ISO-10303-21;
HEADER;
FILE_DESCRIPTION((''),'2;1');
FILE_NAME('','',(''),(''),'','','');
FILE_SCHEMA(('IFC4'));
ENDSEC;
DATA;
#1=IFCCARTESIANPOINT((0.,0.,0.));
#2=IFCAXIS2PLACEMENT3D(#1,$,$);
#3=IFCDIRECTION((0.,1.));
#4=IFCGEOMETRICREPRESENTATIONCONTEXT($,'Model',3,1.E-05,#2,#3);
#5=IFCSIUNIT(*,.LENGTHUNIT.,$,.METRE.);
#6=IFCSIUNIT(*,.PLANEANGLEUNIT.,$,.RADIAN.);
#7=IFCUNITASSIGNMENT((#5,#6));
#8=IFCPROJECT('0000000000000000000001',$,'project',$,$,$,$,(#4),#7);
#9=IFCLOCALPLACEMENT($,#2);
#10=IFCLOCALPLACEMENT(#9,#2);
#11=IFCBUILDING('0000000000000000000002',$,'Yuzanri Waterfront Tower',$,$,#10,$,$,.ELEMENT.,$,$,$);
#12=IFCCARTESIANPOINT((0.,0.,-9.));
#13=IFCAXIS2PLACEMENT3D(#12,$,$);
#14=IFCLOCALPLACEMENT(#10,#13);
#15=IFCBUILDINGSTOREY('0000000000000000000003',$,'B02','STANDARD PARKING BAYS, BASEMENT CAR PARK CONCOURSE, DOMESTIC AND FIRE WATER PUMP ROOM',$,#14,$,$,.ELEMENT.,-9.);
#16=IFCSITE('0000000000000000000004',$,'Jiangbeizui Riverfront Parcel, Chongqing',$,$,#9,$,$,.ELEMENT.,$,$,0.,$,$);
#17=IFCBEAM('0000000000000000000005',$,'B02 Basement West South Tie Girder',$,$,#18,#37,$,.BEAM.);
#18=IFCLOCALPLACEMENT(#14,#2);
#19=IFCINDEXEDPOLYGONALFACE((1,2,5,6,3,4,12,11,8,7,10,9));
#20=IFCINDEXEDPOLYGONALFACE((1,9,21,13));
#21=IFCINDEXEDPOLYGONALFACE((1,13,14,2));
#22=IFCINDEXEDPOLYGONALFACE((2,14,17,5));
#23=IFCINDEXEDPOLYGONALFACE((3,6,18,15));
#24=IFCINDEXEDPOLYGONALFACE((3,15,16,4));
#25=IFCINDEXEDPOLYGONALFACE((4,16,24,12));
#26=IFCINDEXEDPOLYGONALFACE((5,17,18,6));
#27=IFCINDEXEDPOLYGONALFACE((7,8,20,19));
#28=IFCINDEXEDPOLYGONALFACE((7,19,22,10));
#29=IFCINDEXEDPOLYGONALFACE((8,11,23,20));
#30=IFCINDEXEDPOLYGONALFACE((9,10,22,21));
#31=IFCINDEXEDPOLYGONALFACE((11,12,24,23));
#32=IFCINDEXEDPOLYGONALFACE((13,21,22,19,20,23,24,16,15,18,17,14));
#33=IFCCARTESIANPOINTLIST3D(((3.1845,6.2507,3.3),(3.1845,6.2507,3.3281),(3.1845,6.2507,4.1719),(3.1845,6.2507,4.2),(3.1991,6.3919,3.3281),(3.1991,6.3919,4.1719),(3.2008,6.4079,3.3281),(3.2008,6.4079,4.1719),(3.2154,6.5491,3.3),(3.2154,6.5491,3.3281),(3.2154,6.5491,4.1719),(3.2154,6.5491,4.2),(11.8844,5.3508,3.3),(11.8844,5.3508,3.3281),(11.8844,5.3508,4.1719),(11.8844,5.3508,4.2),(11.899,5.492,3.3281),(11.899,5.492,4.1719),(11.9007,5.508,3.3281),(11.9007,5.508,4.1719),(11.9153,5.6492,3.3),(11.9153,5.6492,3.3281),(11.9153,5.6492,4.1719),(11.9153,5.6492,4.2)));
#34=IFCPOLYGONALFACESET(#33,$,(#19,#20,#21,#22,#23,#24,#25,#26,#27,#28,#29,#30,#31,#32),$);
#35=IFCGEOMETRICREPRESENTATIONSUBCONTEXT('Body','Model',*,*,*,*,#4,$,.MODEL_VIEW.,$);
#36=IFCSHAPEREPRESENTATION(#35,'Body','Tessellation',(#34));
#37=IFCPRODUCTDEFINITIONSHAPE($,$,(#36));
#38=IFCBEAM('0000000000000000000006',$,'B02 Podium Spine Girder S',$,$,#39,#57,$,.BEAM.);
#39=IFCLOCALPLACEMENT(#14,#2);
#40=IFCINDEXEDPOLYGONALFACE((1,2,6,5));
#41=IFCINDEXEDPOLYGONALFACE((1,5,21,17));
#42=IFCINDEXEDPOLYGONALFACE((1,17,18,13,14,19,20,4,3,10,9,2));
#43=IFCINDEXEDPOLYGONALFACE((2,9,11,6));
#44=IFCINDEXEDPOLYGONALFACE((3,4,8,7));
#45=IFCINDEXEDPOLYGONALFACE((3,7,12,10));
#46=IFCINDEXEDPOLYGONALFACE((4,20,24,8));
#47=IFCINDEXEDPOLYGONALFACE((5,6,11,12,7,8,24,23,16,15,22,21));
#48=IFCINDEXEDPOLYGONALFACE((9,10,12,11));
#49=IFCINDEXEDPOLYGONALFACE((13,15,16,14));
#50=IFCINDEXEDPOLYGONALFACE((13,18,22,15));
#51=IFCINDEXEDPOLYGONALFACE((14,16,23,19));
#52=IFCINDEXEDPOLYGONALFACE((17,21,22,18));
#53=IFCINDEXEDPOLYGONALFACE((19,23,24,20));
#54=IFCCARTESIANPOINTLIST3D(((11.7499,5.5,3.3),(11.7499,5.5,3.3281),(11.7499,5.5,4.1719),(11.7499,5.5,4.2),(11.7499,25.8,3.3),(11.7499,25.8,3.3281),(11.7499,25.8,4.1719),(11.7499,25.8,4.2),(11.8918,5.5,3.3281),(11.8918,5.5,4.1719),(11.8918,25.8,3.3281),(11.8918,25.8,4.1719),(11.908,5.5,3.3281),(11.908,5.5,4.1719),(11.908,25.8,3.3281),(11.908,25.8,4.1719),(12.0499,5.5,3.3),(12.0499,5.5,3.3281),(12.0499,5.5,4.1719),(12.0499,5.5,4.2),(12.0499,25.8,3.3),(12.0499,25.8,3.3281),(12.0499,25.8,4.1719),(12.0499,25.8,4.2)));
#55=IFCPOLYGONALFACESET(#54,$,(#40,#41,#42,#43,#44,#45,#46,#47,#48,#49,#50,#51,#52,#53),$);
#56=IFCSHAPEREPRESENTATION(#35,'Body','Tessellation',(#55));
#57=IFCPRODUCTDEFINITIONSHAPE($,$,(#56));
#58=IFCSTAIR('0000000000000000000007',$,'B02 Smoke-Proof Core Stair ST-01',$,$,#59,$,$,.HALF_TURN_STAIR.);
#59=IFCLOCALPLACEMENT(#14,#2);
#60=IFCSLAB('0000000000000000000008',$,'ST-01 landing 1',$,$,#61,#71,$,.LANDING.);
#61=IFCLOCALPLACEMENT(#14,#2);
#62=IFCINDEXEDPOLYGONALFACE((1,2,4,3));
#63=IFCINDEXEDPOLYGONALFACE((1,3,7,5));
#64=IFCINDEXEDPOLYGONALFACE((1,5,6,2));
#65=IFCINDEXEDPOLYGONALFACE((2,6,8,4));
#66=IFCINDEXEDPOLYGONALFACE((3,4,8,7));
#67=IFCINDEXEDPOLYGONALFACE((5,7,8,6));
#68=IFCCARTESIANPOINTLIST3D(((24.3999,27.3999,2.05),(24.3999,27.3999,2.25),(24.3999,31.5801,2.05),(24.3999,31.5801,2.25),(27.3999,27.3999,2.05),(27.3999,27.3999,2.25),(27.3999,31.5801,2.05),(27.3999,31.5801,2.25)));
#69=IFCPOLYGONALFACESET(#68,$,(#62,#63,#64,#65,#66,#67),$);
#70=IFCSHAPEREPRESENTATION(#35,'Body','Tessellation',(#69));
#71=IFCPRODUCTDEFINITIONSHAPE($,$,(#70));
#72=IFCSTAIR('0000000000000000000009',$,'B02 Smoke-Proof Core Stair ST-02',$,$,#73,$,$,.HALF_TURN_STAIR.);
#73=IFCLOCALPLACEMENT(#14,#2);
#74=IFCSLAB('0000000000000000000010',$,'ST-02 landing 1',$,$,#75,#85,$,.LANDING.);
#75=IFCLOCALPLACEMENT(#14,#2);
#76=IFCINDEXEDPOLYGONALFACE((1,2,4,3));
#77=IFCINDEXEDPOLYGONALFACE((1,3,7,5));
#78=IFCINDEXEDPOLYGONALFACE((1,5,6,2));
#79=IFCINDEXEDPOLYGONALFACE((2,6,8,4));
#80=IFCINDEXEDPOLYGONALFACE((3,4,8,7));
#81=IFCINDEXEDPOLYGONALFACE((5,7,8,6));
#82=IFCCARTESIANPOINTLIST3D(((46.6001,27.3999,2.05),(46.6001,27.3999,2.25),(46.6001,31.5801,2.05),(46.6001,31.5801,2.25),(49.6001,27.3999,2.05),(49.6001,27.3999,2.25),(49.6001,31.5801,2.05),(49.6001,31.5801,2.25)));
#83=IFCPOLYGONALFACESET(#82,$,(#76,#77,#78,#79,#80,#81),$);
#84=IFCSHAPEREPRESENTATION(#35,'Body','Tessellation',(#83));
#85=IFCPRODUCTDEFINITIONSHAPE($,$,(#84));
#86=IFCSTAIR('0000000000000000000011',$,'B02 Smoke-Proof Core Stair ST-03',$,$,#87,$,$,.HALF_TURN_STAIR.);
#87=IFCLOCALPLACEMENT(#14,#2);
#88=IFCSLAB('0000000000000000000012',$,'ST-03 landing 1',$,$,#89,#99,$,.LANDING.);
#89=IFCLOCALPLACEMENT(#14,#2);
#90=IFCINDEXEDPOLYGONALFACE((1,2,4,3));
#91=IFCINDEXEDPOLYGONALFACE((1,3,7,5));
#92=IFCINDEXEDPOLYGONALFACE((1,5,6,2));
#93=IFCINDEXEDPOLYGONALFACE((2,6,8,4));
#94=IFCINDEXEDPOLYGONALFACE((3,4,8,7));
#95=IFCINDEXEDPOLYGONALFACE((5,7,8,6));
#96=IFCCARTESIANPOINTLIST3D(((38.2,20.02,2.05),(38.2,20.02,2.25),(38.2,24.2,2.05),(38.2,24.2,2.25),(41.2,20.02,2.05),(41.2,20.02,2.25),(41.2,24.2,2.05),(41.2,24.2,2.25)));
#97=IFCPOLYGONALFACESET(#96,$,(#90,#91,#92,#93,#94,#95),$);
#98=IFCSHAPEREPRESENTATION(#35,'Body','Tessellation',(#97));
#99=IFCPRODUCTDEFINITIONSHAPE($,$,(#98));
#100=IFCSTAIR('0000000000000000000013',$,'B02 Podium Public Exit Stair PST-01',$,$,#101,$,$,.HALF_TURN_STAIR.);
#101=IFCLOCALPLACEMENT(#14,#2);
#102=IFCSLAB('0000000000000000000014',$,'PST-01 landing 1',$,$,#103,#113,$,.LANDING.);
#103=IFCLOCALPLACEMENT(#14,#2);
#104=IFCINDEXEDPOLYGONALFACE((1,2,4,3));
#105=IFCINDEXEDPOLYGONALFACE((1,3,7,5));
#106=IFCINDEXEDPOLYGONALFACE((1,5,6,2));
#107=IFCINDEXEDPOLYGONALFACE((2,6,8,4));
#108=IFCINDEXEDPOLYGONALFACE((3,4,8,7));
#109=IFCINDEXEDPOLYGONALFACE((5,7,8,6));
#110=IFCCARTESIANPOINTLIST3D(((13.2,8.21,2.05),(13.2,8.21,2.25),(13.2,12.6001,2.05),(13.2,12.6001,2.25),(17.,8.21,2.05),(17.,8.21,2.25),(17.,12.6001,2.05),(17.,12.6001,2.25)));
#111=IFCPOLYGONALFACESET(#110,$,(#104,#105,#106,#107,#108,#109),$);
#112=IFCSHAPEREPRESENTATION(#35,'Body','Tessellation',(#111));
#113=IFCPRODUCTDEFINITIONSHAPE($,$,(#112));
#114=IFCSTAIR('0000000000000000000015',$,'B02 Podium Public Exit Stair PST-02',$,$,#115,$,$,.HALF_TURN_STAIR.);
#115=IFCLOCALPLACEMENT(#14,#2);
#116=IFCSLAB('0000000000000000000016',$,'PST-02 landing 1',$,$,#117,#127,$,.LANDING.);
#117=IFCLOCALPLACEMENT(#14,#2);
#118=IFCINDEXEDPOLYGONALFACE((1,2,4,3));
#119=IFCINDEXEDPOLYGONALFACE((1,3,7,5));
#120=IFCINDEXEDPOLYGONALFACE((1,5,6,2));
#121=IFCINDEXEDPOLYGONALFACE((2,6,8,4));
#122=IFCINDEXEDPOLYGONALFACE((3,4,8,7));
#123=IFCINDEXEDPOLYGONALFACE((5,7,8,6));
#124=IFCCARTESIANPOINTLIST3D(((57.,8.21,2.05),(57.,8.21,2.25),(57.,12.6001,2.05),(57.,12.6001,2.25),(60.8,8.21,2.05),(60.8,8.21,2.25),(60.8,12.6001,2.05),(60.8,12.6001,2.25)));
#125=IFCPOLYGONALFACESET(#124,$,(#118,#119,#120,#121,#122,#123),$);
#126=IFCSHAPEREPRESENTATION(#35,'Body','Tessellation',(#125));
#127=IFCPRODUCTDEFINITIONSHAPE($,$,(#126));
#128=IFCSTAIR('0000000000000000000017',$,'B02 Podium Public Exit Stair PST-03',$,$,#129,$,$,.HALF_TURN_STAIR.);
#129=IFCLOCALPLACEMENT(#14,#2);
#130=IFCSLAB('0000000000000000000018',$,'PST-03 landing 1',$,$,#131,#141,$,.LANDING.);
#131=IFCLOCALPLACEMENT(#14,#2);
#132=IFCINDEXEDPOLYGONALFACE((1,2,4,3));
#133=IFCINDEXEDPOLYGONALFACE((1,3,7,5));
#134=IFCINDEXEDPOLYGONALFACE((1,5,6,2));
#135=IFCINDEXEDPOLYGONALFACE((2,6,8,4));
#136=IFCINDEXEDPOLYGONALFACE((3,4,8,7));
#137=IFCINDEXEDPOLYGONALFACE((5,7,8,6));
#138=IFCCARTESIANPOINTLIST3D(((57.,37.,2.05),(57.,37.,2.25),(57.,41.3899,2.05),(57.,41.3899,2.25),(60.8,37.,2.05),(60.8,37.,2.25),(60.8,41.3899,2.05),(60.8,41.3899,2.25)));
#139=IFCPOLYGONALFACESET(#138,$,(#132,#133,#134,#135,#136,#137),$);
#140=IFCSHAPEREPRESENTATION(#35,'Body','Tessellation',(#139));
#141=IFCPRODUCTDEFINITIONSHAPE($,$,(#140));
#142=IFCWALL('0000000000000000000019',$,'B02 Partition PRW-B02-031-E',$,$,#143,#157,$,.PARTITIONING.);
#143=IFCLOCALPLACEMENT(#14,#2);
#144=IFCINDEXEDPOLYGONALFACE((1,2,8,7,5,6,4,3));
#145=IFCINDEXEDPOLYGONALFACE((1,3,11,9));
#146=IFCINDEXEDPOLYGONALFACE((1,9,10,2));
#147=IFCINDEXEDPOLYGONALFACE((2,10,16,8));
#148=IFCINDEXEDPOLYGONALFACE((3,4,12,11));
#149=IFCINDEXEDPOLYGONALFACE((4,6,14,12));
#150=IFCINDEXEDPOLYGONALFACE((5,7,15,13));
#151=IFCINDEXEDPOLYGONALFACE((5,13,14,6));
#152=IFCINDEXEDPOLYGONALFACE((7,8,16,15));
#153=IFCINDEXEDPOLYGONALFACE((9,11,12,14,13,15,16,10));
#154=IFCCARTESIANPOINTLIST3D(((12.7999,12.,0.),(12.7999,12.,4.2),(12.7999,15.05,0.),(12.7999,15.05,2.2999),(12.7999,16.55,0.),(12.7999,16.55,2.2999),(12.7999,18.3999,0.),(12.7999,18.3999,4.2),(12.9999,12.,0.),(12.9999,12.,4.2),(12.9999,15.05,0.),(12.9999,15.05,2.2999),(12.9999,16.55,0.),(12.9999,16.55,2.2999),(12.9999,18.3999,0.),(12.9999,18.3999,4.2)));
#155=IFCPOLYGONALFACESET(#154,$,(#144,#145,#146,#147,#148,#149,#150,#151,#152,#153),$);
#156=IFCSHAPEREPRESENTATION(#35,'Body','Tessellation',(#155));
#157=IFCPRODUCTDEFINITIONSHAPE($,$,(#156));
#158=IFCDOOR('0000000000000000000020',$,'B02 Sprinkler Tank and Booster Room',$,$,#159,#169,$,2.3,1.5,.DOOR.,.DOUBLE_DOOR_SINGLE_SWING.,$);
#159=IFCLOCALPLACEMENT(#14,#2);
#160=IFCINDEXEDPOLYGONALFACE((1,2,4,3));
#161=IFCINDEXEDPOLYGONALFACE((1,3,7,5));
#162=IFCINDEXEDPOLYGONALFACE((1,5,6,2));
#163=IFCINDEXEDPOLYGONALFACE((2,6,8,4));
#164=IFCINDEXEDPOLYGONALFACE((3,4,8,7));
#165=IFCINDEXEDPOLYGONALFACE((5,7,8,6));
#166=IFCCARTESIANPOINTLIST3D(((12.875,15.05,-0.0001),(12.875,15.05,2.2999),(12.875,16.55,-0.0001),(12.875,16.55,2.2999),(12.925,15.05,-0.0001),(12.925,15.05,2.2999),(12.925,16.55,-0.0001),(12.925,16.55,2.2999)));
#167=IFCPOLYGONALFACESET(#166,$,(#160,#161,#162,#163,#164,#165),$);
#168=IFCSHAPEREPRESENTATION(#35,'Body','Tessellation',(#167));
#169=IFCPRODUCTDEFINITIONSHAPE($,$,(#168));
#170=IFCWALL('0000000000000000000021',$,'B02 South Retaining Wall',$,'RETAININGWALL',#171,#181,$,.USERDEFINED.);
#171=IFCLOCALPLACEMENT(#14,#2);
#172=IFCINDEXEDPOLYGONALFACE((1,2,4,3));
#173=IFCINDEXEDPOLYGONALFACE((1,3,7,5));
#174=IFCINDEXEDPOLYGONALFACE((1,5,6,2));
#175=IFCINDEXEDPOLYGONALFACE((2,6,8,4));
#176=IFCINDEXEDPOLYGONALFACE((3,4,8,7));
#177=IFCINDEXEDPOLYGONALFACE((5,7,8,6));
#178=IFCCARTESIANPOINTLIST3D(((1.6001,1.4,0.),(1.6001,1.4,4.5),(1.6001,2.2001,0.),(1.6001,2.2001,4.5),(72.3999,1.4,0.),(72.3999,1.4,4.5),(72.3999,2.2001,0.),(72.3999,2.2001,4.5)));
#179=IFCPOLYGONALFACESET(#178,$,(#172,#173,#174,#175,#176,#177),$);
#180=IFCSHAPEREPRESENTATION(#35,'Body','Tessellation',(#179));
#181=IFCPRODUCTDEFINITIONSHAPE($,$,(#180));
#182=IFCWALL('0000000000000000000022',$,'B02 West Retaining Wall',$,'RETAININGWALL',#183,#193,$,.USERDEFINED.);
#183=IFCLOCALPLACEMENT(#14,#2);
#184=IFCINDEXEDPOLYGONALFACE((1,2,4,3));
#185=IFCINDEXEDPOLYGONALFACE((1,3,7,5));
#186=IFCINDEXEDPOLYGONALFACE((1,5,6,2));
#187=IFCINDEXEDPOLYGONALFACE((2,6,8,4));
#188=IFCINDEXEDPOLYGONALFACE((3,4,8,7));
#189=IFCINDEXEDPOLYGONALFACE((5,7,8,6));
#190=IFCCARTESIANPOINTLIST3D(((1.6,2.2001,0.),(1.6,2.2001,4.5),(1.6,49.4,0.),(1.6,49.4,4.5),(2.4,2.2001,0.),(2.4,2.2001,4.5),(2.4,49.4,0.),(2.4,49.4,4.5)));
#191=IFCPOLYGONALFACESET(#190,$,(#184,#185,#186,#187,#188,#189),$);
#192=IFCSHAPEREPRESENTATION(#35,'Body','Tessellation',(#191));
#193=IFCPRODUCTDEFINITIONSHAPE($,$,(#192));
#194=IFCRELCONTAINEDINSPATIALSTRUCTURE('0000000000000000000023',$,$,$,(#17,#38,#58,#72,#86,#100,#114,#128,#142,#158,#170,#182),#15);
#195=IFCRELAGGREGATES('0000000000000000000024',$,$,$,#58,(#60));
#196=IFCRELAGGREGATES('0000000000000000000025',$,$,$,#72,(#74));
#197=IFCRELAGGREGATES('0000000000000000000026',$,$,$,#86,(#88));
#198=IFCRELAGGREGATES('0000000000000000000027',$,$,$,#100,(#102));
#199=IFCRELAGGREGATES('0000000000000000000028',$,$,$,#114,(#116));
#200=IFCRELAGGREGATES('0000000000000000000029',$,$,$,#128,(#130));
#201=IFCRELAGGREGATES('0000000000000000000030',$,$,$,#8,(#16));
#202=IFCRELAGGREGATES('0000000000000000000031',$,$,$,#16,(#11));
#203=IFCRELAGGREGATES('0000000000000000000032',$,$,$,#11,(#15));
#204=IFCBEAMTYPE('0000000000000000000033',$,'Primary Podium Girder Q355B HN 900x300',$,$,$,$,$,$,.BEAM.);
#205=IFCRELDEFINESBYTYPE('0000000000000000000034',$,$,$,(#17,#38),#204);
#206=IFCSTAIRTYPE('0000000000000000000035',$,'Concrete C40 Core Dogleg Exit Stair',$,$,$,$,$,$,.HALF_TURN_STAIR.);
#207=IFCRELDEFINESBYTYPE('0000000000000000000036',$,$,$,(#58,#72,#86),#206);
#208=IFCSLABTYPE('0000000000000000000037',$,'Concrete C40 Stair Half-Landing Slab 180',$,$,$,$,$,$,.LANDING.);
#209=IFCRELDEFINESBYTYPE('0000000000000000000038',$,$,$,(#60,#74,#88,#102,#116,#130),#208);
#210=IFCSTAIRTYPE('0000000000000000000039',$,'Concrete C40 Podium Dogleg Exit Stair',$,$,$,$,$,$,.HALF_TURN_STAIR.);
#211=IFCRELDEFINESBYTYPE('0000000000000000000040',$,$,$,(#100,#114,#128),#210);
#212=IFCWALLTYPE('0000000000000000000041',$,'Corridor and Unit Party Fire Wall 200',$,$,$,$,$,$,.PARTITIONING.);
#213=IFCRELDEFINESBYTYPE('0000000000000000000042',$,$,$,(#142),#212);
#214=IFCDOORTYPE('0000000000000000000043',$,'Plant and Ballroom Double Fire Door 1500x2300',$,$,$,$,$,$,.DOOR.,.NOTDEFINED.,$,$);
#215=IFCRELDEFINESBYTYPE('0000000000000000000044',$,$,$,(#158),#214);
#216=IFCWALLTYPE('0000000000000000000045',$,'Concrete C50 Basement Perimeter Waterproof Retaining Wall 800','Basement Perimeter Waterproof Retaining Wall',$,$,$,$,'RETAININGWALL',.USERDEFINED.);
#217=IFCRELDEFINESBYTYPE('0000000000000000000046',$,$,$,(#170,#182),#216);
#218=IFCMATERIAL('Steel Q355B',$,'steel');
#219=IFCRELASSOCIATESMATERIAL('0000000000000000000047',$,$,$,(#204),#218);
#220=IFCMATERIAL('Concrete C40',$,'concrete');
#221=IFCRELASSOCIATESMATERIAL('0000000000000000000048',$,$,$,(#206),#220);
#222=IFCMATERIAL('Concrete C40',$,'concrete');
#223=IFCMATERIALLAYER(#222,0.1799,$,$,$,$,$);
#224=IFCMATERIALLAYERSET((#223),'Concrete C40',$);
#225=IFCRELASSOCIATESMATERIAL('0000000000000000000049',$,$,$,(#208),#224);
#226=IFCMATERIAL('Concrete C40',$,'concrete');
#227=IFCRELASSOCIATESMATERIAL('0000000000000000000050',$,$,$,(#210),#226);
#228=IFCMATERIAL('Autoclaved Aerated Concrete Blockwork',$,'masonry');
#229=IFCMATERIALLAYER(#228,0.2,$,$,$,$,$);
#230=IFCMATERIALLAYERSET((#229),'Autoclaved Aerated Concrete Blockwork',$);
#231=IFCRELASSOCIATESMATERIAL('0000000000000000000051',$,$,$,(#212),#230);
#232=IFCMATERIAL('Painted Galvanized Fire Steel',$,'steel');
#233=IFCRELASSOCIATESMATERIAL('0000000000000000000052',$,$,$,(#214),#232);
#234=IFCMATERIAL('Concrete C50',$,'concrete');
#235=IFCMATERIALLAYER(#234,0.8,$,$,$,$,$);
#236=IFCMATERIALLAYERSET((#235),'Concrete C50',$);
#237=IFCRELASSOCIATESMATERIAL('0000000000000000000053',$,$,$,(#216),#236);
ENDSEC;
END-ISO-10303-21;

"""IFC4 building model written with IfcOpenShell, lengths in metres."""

from ifc_helpers import new_model, si_unit, direction, frame, frame_2d, origin, origin_2d, place, context, subcontext, project, spatial, polyline, rectangle, i_section, outline, extrude, source, transform, mapped, material, layer, layer_set, material_profile, profile_set, type_object, element, fill, aggregate, save


model = new_model("IFC4")

# Units and contexts
model_context = context("Model", 3, precision=1e-05, world=origin(), true_north=direction((0.0, 1.0)))
body_context = subcontext(model_context, "Body", "Model", "MODEL_VIEW")
ifc_project = project(units=[si_unit("LENGTHUNIT", "METRE"), si_unit("PLANEANGLEUNIT", "RADIAN")], contexts=[model_context])

# Site, building, storey
site_placement = place(None, origin())
site = spatial("IfcSite", under=ifc_project, at=site_placement, Name="Jiangbeizui Riverfront Parcel, Chongqing", CompositionType="ELEMENT", RefElevation=0.0)
building_placement = place(site_placement, origin())
building = spatial("IfcBuilding", under=site, at=building_placement, Name="Yuzanri Waterfront Tower", CompositionType="ELEMENT")
storey_placement = place(building_placement, frame((0.0, 0.0, -9.0)))
storey = spatial("IfcBuildingStorey", under=building, at=storey_placement, Name="B02", Description="STANDARD PARKING BAYS, BASEMENT CAR PARK CONCOURSE, DOMESTIC AND FIRE WATER PUMP ROOM", CompositionType="ELEMENT", Elevation=-9.0)

# Beams
ifc_material_1 = material(Name="Steel Q355B", Category="steel")
ifc_material_profile_1 = material_profile(ifc_material_1, i_section(OverallWidth=0.3, OverallDepth=0.8999, WebThickness=0.0161, FlangeThickness=0.0281, at=origin_2d()), Name="HN 900x300x16x28")
ifc_profile_set_1 = profile_set([ifc_material_profile_1], Name="Steel Q355B")
beam_type_1 = type_object("IfcBeamType", Name="Primary Podium Girder Q355B HN 900x300", PredefinedType="BEAM", material=ifc_profile_set_1)
shared_shape_1 = source(origin(), body_context, "Body", "SweptSolid", [
    extrude(i_section(OverallWidth=0.3, OverallDepth=0.8999, WebThickness=0.0161, FlangeThickness=0.0281, at=origin_2d()), origin(), (0.0, 0.0, 1.0), 8.7463),
])
beam_1_placement = place(storey_placement, frame((3.2, 6.3999, 3.75), z_axis=(0.994693, -0.102889, 0.0), x_axis=(0.102889, 0.994693, 0.0)))
element("IfcBeam", 1, at=beam_1_placement, inside=storey, type_object=beam_type_1, Name="B02 Basement West South Tie Girder", PredefinedType="BEAM", context=body_context, shape_type="MappedRepresentation", body=[
    mapped(shared_shape_1, transform((0.0, 0.0, 0.0), scale=1.0)),
])
shared_shape_2 = source(origin(), body_context, "Body", "SweptSolid", [
    extrude(i_section(OverallWidth=0.3, OverallDepth=0.8999, WebThickness=0.0161, FlangeThickness=0.0281, at=origin_2d()), origin(), (0.0, 0.0, 1.0), 20.3),
])
beam_2_placement = place(storey_placement, frame((11.8999, 5.5, 3.75), z_axis=(0.0, 1.0, 0.0), x_axis=(-1.0, 0.0, 0.0)))
element("IfcBeam", 2, at=beam_2_placement, inside=storey, type_object=beam_type_1, Name="B02 Podium Spine Girder S", PredefinedType="BEAM", context=body_context, shape_type="MappedRepresentation", body=[
    mapped(shared_shape_2, transform((0.0, 0.0, 0.0), scale=1.0)),
])

# Stairs, slabs
ifc_material_2 = material(Name="Concrete C40", Category="concrete")
stair_type_1 = type_object("IfcStairType", Name="Concrete C40 Core Dogleg Exit Stair", PredefinedType="HALF_TURN_STAIR", material=ifc_material_2)
stair_1_placement = place(storey_placement, origin())
stair_1 = element("IfcStair", 3, at=stair_1_placement, inside=storey, type_object=stair_type_1, Name="B02 Smoke-Proof Core Stair ST-01", PredefinedType="HALF_TURN_STAIR")
ifc_material_3 = material(Name="Concrete C40", Category="concrete")
ifc_layer_1 = layer(ifc_material_3, 0.1799)
ifc_layer_set_1 = layer_set([ifc_layer_1], Name="Concrete C40")
slab_type = type_object("IfcSlabType", Name="Concrete C40 Stair Half-Landing Slab 180", PredefinedType="LANDING", material=ifc_layer_set_1)
slab_1_placement = place(storey_placement, frame((0.0, 0.0, 2.05)))
slab_1 = element("IfcSlab", 4, at=slab_1_placement, type_object=slab_type, Name="ST-01 landing 1", PredefinedType="LANDING", context=body_context, shape_type="SweptSolid", body=[
    extrude(outline(polyline([(27.3999, 27.3999), (27.3999, 31.5801), (24.3999, 31.5801), (24.3999, 27.3999), (27.3999, 27.3999)])), origin(), (0.0, 0.0, 1.0), 0.2),
])
aggregate(stair_1, [slab_1])
stair_2_placement = place(storey_placement, origin())
stair_2 = element("IfcStair", 5, at=stair_2_placement, inside=storey, type_object=stair_type_1, Name="B02 Smoke-Proof Core Stair ST-02", PredefinedType="HALF_TURN_STAIR")
slab_2_placement = place(storey_placement, frame((0.0, 0.0, 2.05)))
slab_2 = element("IfcSlab", 6, at=slab_2_placement, type_object=slab_type, Name="ST-02 landing 1", PredefinedType="LANDING", context=body_context, shape_type="SweptSolid", body=[
    extrude(outline(polyline([(49.6001, 27.3999), (49.6001, 31.5801), (46.6001, 31.5801), (46.6001, 27.3999), (49.6001, 27.3999)])), origin(), (0.0, 0.0, 1.0), 0.2),
])
aggregate(stair_2, [slab_2])
stair_3_placement = place(storey_placement, origin())
stair_3 = element("IfcStair", 7, at=stair_3_placement, inside=storey, type_object=stair_type_1, Name="B02 Smoke-Proof Core Stair ST-03", PredefinedType="HALF_TURN_STAIR")
slab_3_placement = place(storey_placement, frame((0.0, 0.0, 2.05)))
slab_3 = element("IfcSlab", 8, at=slab_3_placement, type_object=slab_type, Name="ST-03 landing 1", PredefinedType="LANDING", context=body_context, shape_type="SweptSolid", body=[
    extrude(outline(polyline([(38.2, 24.2), (38.2, 20.02), (41.2, 20.02), (41.2, 24.2), (38.2, 24.2)])), origin(), (0.0, 0.0, 1.0), 0.2),
])
aggregate(stair_3, [slab_3])
ifc_material_4 = material(Name="Concrete C40", Category="concrete")
stair_type_2 = type_object("IfcStairType", Name="Concrete C40 Podium Dogleg Exit Stair", PredefinedType="HALF_TURN_STAIR", material=ifc_material_4)
stair_4_placement = place(storey_placement, origin())
stair_4 = element("IfcStair", 9, at=stair_4_placement, inside=storey, type_object=stair_type_2, Name="B02 Podium Public Exit Stair PST-01", PredefinedType="HALF_TURN_STAIR")
slab_4_placement = place(storey_placement, frame((0.0, 0.0, 2.05)))
slab_4 = element("IfcSlab", 10, at=slab_4_placement, type_object=slab_type, Name="PST-01 landing 1", PredefinedType="LANDING", context=body_context, shape_type="SweptSolid", body=[
    extrude(outline(polyline([(17.0, 8.21), (17.0, 12.6001), (13.2, 12.6001), (13.2, 8.21), (17.0, 8.21)])), origin(), (0.0, 0.0, 1.0), 0.2),
])
aggregate(stair_4, [slab_4])
stair_5_placement = place(storey_placement, origin())
stair_5 = element("IfcStair", 11, at=stair_5_placement, inside=storey, type_object=stair_type_2, Name="B02 Podium Public Exit Stair PST-02", PredefinedType="HALF_TURN_STAIR")
slab_5_placement = place(storey_placement, frame((0.0, 0.0, 2.05)))
slab_5 = element("IfcSlab", 12, at=slab_5_placement, type_object=slab_type, Name="PST-02 landing 1", PredefinedType="LANDING", context=body_context, shape_type="SweptSolid", body=[
    extrude(outline(polyline([(60.8, 8.21), (60.8, 12.6001), (57.0, 12.6001), (57.0, 8.21), (60.8, 8.21)])), origin(), (0.0, 0.0, 1.0), 0.2),
])
aggregate(stair_5, [slab_5])
stair_6_placement = place(storey_placement, origin())
stair_6 = element("IfcStair", 13, at=stair_6_placement, inside=storey, type_object=stair_type_2, Name="B02 Podium Public Exit Stair PST-03", PredefinedType="HALF_TURN_STAIR")
slab_6_placement = place(storey_placement, frame((0.0, 0.0, 2.05)))
slab_6 = element("IfcSlab", 14, at=slab_6_placement, type_object=slab_type, Name="PST-03 landing 1", PredefinedType="LANDING", context=body_context, shape_type="SweptSolid", body=[
    extrude(outline(polyline([(57.0, 41.3899), (57.0, 37.0), (60.8, 37.0), (60.8, 41.3899), (57.0, 41.3899)])), origin(), (0.0, 0.0, 1.0), 0.2),
])
aggregate(stair_6, [slab_6])

# Wall, opening, door
ifc_material_5 = material(Name="Autoclaved Aerated Concrete Blockwork", Category="masonry")
ifc_layer_2 = layer(ifc_material_5, 0.2)
ifc_layer_set_2 = layer_set([ifc_layer_2], Name="Autoclaved Aerated Concrete Blockwork")
wall_type_1 = type_object("IfcWallType", Name="Corridor and Unit Party Fire Wall 200", PredefinedType="PARTITIONING", material=ifc_layer_set_2)
wall_1_placement = place(storey_placement, frame((12.8999, 12.0, 0.0), z_axis=(0.0, 0.0, 1.0), x_axis=(0.0, 1.0, 0.0)))
wall_1 = element("IfcWall", 15, at=wall_1_placement, inside=storey, type_object=wall_type_1, Name="B02 Partition PRW-B02-031-E", PredefinedType="PARTITIONING", context=body_context, shape_type="SweptSolid", body=[
    extrude(rectangle(XDim=6.3999, YDim=0.2, at=frame_2d((3.2, 0.0))), origin(), (0.0, 0.0, 1.0), 4.2),
])
opening_placement = place(wall_1_placement, frame((3.05, 0.0, 0.0)))
opening = element("IfcOpeningElement", 16, at=opening_placement, cuts=wall_1, PredefinedType="OPENING", context=body_context, shape_type="SweptSolid", body=[
    extrude(rectangle(XDim=1.5, YDim=2.3, at=frame_2d((0.75, 1.1499))), frame((0.0, 0.1147, 0.0), z_axis=(0.0, -1.0, 0.0), x_axis=(1.0, 0.0, 0.0)), (0.0, 0.0, 1.0), 0.2297),
])
ifc_material_6 = material(Name="Painted Galvanized Fire Steel", Category="steel")
door_type = type_object("IfcDoorType", Name="Plant and Ballroom Double Fire Door 1500x2300", OperationType="NOTDEFINED", PredefinedType="DOOR", material=ifc_material_6)
shared_shape_3 = source(origin(), body_context, "Body", "SweptSolid", [
    extrude(rectangle(XDim=1.5, YDim=2.3, at=frame_2d((0.75, 1.1499))), frame((0.0, 0.0249, 0.0), z_axis=(0.0, -1.0, 0.0), x_axis=(1.0, 0.0, 0.0)), (0.0, 0.0, 1.0), 0.05),
])
door_placement = place(opening_placement, origin())
door = element("IfcDoor", 17, at=door_placement, inside=storey, type_object=door_type, Name="B02 Sprinkler Tank and Booster Room", OperationType="DOUBLE_DOOR_SINGLE_SWING", OverallHeight=2.3, OverallWidth=1.5, PredefinedType="DOOR", context=body_context, shape_type="MappedRepresentation", body=[
    mapped(shared_shape_3, transform((0.0, 0.0, 0.0), scale=1.0)),
])
fill(opening, door)

# Walls
ifc_material_7 = material(Name="Concrete C50", Category="concrete")
ifc_layer_3 = layer(ifc_material_7, 0.8)
ifc_layer_set_3 = layer_set([ifc_layer_3], Name="Concrete C50")
wall_type_2 = type_object("IfcWallType", Name="Concrete C50 Basement Perimeter Waterproof Retaining Wall 800", Description="Basement Perimeter Waterproof Retaining Wall", ElementType="RETAININGWALL", PredefinedType="USERDEFINED", material=ifc_layer_set_3)
shared_shape_4 = source(origin(), body_context, "Body", "SweptSolid", [
    extrude(rectangle(XDim=70.7998, YDim=0.8, at=frame_2d((35.3999, 0.0))), origin(), (0.0, 0.0, 1.0), 4.5),
])
wall_2_placement = place(storey_placement, frame((1.6001, 1.8, 0.0), z_axis=(0.0, 0.0, 1.0), x_axis=(1.0, 0.0, 0.0)))
element("IfcWall", 18, at=wall_2_placement, inside=storey, type_object=wall_type_2, Name="B02 South Retaining Wall", ObjectType="RETAININGWALL", PredefinedType="USERDEFINED", context=body_context, shape_type="MappedRepresentation", body=[
    mapped(shared_shape_4, transform((0.0, 0.0, 0.0), scale=1.0)),
])
shared_shape_5 = source(origin(), body_context, "Body", "SweptSolid", [
    extrude(rectangle(XDim=47.2, YDim=0.8, at=frame_2d((23.6001, 0.0))), origin(), (0.0, 0.0, 1.0), 4.5),
])
wall_3_placement = place(storey_placement, frame((2.0, 2.2, 0.0), z_axis=(0.0, 0.0, 1.0), x_axis=(0.0, 1.0, 0.0)))
element("IfcWall", 19, at=wall_3_placement, inside=storey, type_object=wall_type_2, Name="B02 West Retaining Wall", ObjectType="RETAININGWALL", PredefinedType="USERDEFINED", context=body_context, shape_type="MappedRepresentation", body=[
    mapped(shared_shape_5, transform((0.0, 0.0, 0.0), scale=1.0)),
])

save(model, "model.ifc")
